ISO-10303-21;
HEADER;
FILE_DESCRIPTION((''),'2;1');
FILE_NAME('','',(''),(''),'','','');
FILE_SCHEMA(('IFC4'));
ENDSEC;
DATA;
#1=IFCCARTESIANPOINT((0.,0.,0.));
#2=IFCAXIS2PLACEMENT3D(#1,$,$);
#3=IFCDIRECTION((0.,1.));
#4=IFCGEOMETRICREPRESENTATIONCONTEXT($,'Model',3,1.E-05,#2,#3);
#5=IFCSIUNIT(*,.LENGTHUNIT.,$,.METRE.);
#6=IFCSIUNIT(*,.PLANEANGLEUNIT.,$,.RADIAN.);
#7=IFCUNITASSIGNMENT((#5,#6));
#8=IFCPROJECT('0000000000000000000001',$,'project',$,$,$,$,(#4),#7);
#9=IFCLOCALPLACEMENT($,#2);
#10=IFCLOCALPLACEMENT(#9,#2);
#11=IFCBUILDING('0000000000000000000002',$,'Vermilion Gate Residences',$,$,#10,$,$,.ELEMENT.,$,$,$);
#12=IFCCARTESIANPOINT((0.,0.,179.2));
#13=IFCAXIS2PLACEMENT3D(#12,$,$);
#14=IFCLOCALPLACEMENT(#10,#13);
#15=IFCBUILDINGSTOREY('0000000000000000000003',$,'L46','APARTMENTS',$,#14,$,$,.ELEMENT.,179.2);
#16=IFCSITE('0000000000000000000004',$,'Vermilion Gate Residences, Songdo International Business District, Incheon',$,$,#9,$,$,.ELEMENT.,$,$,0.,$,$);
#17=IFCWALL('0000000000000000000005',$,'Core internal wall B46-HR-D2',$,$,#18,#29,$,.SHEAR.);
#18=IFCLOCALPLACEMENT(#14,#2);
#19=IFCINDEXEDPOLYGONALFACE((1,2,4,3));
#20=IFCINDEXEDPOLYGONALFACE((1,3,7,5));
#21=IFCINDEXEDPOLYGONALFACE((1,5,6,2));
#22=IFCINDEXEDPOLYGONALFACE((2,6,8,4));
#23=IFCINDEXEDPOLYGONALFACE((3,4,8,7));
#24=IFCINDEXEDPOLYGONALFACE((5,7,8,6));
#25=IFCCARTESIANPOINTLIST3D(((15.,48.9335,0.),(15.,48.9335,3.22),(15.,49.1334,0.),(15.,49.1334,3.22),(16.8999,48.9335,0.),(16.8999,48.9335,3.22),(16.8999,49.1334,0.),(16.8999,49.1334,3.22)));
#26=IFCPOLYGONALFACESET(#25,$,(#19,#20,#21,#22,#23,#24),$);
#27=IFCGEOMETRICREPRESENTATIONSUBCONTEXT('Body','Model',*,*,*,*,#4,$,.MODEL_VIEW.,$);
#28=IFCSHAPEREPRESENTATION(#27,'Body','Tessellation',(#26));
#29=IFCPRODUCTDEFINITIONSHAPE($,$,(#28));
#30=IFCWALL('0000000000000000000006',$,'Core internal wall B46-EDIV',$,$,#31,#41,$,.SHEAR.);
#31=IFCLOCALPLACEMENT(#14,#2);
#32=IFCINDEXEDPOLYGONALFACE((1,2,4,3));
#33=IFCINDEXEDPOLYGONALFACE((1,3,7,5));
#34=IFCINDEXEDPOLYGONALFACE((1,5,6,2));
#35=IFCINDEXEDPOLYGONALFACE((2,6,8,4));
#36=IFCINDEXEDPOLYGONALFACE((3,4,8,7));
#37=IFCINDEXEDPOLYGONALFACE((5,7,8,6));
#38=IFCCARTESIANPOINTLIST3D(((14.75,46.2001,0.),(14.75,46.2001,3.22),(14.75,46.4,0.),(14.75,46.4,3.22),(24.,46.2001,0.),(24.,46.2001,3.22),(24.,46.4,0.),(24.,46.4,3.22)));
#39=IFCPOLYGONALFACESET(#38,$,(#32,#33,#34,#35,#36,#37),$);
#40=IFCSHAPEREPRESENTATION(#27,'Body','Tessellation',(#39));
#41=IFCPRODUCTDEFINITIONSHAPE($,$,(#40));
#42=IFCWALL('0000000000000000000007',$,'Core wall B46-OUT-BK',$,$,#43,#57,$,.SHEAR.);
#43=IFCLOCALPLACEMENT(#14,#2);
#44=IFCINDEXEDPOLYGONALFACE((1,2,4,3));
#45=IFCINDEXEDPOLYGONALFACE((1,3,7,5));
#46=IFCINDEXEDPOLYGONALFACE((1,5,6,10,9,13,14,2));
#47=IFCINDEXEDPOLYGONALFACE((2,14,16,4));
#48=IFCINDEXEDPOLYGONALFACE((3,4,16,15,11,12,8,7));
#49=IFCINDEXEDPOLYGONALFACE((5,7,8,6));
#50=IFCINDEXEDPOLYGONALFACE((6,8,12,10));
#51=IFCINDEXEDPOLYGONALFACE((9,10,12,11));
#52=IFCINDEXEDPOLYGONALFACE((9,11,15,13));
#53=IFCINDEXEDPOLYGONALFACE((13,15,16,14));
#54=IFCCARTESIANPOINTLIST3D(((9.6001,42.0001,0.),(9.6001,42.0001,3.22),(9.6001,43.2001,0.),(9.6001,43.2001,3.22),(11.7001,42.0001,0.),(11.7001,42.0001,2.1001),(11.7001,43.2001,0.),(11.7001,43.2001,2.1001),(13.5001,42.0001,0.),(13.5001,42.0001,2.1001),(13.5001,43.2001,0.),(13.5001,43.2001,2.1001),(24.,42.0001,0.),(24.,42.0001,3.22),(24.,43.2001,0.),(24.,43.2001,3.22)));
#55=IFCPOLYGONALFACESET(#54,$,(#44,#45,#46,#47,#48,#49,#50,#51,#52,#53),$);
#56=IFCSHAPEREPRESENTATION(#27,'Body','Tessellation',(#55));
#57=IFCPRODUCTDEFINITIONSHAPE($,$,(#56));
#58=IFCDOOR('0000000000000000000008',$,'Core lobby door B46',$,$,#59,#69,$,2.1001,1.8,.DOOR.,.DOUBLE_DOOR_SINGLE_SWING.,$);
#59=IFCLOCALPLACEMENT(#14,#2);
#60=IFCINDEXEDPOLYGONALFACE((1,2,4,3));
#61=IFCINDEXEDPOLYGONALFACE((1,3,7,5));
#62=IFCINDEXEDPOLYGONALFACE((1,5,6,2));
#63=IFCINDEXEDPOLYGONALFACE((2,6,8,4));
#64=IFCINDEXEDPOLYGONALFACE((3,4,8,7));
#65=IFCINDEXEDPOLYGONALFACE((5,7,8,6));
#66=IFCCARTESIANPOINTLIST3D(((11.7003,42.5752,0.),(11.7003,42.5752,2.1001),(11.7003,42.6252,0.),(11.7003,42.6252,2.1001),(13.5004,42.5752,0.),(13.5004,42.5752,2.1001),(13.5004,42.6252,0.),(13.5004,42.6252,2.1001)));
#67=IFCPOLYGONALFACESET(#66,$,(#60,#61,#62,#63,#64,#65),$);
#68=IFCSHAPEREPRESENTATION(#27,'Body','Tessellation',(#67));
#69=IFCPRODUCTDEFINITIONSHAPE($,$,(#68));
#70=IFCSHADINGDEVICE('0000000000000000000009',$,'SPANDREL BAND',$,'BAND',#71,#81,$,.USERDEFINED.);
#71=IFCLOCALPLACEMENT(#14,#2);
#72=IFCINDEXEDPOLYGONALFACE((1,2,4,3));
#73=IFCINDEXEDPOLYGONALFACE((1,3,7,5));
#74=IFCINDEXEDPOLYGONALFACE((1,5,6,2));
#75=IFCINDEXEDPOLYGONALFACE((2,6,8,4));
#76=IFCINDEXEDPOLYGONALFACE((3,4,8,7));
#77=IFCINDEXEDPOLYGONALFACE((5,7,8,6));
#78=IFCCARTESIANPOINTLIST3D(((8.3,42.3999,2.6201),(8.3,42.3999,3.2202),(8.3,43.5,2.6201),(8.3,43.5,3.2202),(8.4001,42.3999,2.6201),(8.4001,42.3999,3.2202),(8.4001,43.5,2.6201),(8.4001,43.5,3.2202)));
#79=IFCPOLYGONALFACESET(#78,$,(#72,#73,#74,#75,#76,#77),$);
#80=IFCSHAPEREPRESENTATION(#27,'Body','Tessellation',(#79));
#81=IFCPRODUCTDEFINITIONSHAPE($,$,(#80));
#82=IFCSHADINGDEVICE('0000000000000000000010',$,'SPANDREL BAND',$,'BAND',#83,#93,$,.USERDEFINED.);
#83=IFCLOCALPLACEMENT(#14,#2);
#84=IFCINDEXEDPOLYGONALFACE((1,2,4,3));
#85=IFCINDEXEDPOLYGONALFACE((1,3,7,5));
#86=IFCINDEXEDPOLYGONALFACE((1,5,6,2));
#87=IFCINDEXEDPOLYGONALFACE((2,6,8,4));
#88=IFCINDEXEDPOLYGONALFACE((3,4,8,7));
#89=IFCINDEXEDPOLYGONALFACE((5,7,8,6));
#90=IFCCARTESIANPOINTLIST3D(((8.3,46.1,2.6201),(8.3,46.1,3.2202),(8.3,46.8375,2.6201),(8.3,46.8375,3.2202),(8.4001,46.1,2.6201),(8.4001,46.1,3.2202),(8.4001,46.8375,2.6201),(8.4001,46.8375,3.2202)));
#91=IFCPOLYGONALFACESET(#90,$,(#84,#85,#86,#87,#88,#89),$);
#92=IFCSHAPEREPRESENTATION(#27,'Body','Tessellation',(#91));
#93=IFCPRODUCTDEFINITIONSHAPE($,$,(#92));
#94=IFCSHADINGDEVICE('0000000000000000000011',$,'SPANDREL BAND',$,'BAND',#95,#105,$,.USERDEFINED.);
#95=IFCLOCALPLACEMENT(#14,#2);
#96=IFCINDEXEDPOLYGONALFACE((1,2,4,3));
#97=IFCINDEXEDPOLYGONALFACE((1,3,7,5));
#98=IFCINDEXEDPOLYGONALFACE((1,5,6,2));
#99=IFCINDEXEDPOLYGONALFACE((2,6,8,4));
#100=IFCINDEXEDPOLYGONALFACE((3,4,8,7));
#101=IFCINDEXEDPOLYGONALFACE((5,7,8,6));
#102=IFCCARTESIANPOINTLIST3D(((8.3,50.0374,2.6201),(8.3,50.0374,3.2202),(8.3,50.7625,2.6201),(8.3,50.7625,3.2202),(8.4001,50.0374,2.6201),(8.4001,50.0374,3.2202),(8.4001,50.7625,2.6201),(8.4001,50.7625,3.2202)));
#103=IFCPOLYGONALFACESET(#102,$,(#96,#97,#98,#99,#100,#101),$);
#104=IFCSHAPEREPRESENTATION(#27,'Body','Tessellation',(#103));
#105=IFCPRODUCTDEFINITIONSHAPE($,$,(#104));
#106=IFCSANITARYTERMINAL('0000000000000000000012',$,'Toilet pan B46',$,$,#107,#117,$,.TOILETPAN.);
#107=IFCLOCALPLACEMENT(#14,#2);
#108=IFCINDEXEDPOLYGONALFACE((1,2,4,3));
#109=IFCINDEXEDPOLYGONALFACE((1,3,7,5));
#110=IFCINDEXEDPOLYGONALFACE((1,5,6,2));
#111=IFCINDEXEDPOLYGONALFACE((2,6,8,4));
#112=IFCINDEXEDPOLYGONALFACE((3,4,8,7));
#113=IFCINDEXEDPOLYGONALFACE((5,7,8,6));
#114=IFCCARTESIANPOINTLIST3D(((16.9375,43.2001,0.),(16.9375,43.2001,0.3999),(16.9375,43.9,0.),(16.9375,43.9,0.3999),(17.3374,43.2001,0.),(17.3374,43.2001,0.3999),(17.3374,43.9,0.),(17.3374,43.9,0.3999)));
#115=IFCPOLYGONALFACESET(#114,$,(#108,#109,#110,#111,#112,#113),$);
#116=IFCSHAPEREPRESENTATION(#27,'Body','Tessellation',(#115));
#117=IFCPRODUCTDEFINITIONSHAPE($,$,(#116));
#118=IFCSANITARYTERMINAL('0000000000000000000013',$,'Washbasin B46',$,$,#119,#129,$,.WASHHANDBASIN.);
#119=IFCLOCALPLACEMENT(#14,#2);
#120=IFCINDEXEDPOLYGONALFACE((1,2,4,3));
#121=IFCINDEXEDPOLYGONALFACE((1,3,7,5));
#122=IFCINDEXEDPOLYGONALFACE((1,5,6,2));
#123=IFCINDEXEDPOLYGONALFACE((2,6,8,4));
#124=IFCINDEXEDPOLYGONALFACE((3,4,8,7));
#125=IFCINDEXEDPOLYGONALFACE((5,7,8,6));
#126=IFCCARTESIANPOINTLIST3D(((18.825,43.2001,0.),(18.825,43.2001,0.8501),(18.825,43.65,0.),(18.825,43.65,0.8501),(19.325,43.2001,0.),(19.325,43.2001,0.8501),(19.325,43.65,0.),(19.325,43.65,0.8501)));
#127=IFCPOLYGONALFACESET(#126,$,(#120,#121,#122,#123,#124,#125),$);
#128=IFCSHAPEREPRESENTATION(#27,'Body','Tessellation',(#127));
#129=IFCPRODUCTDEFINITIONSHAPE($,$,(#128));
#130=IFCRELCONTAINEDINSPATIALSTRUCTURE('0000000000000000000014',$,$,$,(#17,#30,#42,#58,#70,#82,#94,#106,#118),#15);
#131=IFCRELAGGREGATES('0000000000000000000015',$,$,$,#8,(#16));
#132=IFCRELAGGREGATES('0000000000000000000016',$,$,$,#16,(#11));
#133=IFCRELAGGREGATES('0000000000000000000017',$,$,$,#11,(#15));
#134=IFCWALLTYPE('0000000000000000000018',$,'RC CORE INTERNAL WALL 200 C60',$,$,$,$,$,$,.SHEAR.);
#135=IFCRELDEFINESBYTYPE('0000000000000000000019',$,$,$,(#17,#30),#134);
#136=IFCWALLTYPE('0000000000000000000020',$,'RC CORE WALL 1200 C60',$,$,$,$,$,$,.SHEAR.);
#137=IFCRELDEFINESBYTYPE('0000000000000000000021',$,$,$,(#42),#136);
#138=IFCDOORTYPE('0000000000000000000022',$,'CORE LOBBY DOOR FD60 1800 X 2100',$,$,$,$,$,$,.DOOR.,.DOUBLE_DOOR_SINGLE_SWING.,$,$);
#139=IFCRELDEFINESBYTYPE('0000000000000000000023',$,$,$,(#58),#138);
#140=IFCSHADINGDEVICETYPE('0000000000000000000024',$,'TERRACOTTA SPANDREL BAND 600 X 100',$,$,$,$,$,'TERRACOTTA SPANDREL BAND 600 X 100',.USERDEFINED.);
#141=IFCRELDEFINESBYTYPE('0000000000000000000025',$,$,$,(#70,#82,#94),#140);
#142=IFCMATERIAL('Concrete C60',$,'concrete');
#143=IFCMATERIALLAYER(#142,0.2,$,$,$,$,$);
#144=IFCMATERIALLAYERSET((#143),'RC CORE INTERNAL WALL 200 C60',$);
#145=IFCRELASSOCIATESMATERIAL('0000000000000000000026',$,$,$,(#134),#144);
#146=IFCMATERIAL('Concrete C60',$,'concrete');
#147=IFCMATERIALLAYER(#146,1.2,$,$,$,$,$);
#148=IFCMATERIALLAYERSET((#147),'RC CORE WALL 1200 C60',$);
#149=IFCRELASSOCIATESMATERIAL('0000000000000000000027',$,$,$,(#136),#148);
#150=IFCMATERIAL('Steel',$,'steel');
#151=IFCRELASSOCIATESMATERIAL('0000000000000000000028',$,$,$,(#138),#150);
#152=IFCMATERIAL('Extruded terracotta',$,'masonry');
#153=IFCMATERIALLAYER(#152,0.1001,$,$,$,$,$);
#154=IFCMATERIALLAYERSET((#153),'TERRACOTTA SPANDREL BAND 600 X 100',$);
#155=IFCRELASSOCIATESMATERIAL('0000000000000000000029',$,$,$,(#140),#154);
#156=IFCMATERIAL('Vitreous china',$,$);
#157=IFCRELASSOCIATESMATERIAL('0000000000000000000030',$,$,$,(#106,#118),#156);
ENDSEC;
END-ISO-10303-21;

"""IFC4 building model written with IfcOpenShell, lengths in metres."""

from ifc_helpers import new_model, si_unit, direction, frame, frame_2d, origin, origin_2d, place, context, subcontext, project, spatial, rectangle, extrude, material, layer, layer_set, type_object, element, fill, save


model = new_model("IFC4")

# Units and contexts
model_context = context("Model", 3, precision=1e-05, world=origin(), true_north=direction((0.0, 1.0)))
body_context = subcontext(model_context, "Body", "Model", "MODEL_VIEW")
ifc_project = project(units=[si_unit("LENGTHUNIT", "METRE"), si_unit("PLANEANGLEUNIT", "RADIAN")], contexts=[model_context])

# Site, building, storey
site_placement = place(None, origin())
site = spatial("IfcSite", under=ifc_project, at=site_placement, Name="Vermilion Gate Residences, Songdo International Business District, Incheon", CompositionType="ELEMENT", RefElevation=0.0)
building_placement = place(site_placement, origin())
building = spatial("IfcBuilding", under=site, at=building_placement, Name="Vermilion Gate Residences", CompositionType="ELEMENT")
storey_placement = place(building_placement, frame((0.0, 0.0, 179.2)))
storey = spatial("IfcBuildingStorey", under=building, at=storey_placement, Name="L46", Description="APARTMENTS", CompositionType="ELEMENT", Elevation=179.2)

# Walls
ifc_material_1 = material(Name="Concrete C60", Category="concrete")
ifc_layer_1 = layer(ifc_material_1, 0.2)
ifc_layer_set_1 = layer_set([ifc_layer_1], Name="RC CORE INTERNAL WALL 200 C60")
wall_type_1 = type_object("IfcWallType", Name="RC CORE INTERNAL WALL 200 C60", PredefinedType="SHEAR", material=ifc_layer_set_1)
for number, where, z_axis, x_axis, name in (
    (1, (15.0, 49.0334, 0.0), (0.0, 0.0, 1.0), (1.0, 0.0, 0.0), "Core internal wall B46-HR-D2"),
):
    element("IfcWall", number, at=place(storey_placement, frame(where, z_axis=z_axis, x_axis=x_axis)), inside=storey, type_object=wall_type_1, Name=name, PredefinedType="SHEAR", context=body_context, shape_type="SweptSolid", body=[
        extrude(rectangle(XDim=1.8999, YDim=0.2, at=frame_2d((0.95, 0.0))), origin(), (0.0, 0.0, 1.0), 3.22),
    ])
wall_1_placement = place(storey_placement, frame((14.75, 46.3, 0.0), z_axis=(0.0, 0.0, 1.0), x_axis=(1.0, 0.0, 0.0)))
element("IfcWall", 2, at=wall_1_placement, inside=storey, type_object=wall_type_1, Name="Core internal wall B46-EDIV", PredefinedType="SHEAR", context=body_context, shape_type="SweptSolid", body=[
    extrude(rectangle(XDim=9.25, YDim=0.2, at=frame_2d((4.625, 0.0))), origin(), (0.0, 0.0, 1.0), 3.22),
])

# Wall, opening, door
ifc_material_2 = material(Name="Concrete C60", Category="concrete")
ifc_layer_2 = layer(ifc_material_2, 1.2)
ifc_layer_set_2 = layer_set([ifc_layer_2], Name="RC CORE WALL 1200 C60")
wall_type_2 = type_object("IfcWallType", Name="RC CORE WALL 1200 C60", PredefinedType="SHEAR", material=ifc_layer_set_2)
wall_2_placement = place(storey_placement, frame((9.6001, 42.6001, 0.0), z_axis=(0.0, 0.0, 1.0), x_axis=(1.0, 0.0, 0.0)))
wall_2 = element("IfcWall", 3, at=wall_2_placement, inside=storey, type_object=wall_type_2, Name="Core wall B46-OUT-BK", PredefinedType="SHEAR", context=body_context, shape_type="SweptSolid", body=[
    extrude(rectangle(XDim=14.3999, YDim=1.2, at=frame_2d((7.2, 0.0))), origin(), (0.0, 0.0, 1.0), 3.22),
])
opening_1_placement = place(wall_2_placement, frame((2.1001, 0.0, 0.0)))
opening_1 = element("IfcOpeningElement", 4, at=opening_1_placement, cuts=wall_2, PredefinedType="OPENING", context=body_context, shape_type="SweptSolid", body=[
    extrude(rectangle(XDim=1.8, YDim=2.1001, at=frame_2d((0.8999, 1.05))), frame((0.0, 0.6099, 0.0), z_axis=(0.0, -1.0, 0.0), x_axis=(1.0, 0.0, 0.0)), (0.0, 0.0, 1.0), 1.22),
])
ifc_material_3 = material(Name="Steel", Category="steel")
door_type_1 = type_object("IfcDoorType", Name="CORE LOBBY DOOR FD60 1800 X 2100", OperationType="DOUBLE_DOOR_SINGLE_SWING", PredefinedType="DOOR", material=ifc_material_3)
door_1_placement = place(opening_1_placement, frame((1.8, 0.0, 0.0), z_axis=(0.0, 0.0, 1.0), x_axis=(-1.0, 0.0, 0.0)))
door_1 = element("IfcDoor", 5, at=door_1_placement, inside=storey, type_object=door_type_1, Name="Core lobby door B46", OperationType="DOUBLE_DOOR_SINGLE_SWING", OverallHeight=2.1001, OverallWidth=1.8, PredefinedType="DOOR", context=body_context, shape_type="SweptSolid", body=[
    extrude(rectangle(XDim=1.8, YDim=2.1001, at=frame_2d((0.8999, 1.05))), frame((0.0, 0.0249, 0.0), z_axis=(0.0, -1.0, 0.0), x_axis=(1.0, 0.0, 0.0)), (0.0, 0.0, 1.0), 0.05),
])
fill(opening_1, door_1)

# Shading devices
ifc_material_4 = material(Name="Extruded terracotta", Category="masonry")
ifc_layer_3 = layer(ifc_material_4, 0.1001)
ifc_layer_set_3 = layer_set([ifc_layer_3], Name="TERRACOTTA SPANDREL BAND 600 X 100")
shading_device_type = type_object("IfcShadingDeviceType", Name="TERRACOTTA SPANDREL BAND 600 X 100", ElementType="TERRACOTTA SPANDREL BAND 600 X 100", PredefinedType="USERDEFINED", material=ifc_layer_set_3)
shading_device_1_placement = place(storey_placement, frame((8.3501, 42.95, 2.6201), z_axis=(0.0, 0.0, 1.0), x_axis=(0.0, 1.0, 0.0)))
element("IfcShadingDevice", 6, at=shading_device_1_placement, inside=storey, type_object=shading_device_type, Name="SPANDREL BAND", ObjectType="BAND", PredefinedType="USERDEFINED", context=body_context, shape_type="SweptSolid", body=[
    extrude(rectangle(XDim=1.1001, YDim=0.1001, at=origin_2d()), origin(), (0.0, 0.0, 1.0), 0.6001),
])
shading_device_2_placement = place(storey_placement, frame((8.3501, 46.4688, 2.6201), z_axis=(0.0, 0.0, 1.0), x_axis=(0.0, 1.0, 0.0)))
element("IfcShadingDevice", 7, at=shading_device_2_placement, inside=storey, type_object=shading_device_type, Name="SPANDREL BAND", ObjectType="BAND", PredefinedType="USERDEFINED", context=body_context, shape_type="SweptSolid", body=[
    extrude(rectangle(XDim=0.7375, YDim=0.1001, at=origin_2d()), origin(), (0.0, 0.0, 1.0), 0.6001),
])
shading_device_3_placement = place(storey_placement, frame((8.3501, 50.3999, 2.6201), z_axis=(0.0, 0.0, 1.0), x_axis=(0.0, 1.0, 0.0)))
element("IfcShadingDevice", 8, at=shading_device_3_placement, inside=storey, type_object=shading_device_type, Name="SPANDREL BAND", ObjectType="BAND", PredefinedType="USERDEFINED", context=body_context, shape_type="SweptSolid", body=[
    extrude(rectangle(XDim=0.7251, YDim=0.1001, at=origin_2d()), origin(), (0.0, 0.0, 1.0), 0.6001),
])

# Sanitary terminals
ifc_material_5 = material(Name="Vitreous china")
sanitary_terminal_1_placement = place(storey_placement, frame((17.1375, 43.55, 0.0), z_axis=(0.0, 0.0, 1.0), x_axis=(1.0, 0.0, 0.0)))
element("IfcSanitaryTerminal", 9, at=sanitary_terminal_1_placement, inside=storey, material=ifc_material_5, Name="Toilet pan B46", PredefinedType="TOILETPAN", context=body_context, shape_type="SweptSolid", body=[
    extrude(rectangle(XDim=0.3999, YDim=0.7, at=origin_2d()), origin(), (0.0, 0.0, 1.0), 0.3999),
])
sanitary_terminal_2_placement = place(storey_placement, frame((19.075, 43.425, 0.0), z_axis=(0.0, 0.0, 1.0), x_axis=(1.0, 0.0, 0.0)))
element("IfcSanitaryTerminal", 10, at=sanitary_terminal_2_placement, inside=storey, material=ifc_material_5, Name="Washbasin B46", PredefinedType="WASHHANDBASIN", context=body_context, shape_type="SweptSolid", body=[
    extrude(rectangle(XDim=0.5, YDim=0.45, at=origin_2d()), origin(), (0.0, 0.0, 1.0), 0.8501),
])

save(model, "model.ifc")
